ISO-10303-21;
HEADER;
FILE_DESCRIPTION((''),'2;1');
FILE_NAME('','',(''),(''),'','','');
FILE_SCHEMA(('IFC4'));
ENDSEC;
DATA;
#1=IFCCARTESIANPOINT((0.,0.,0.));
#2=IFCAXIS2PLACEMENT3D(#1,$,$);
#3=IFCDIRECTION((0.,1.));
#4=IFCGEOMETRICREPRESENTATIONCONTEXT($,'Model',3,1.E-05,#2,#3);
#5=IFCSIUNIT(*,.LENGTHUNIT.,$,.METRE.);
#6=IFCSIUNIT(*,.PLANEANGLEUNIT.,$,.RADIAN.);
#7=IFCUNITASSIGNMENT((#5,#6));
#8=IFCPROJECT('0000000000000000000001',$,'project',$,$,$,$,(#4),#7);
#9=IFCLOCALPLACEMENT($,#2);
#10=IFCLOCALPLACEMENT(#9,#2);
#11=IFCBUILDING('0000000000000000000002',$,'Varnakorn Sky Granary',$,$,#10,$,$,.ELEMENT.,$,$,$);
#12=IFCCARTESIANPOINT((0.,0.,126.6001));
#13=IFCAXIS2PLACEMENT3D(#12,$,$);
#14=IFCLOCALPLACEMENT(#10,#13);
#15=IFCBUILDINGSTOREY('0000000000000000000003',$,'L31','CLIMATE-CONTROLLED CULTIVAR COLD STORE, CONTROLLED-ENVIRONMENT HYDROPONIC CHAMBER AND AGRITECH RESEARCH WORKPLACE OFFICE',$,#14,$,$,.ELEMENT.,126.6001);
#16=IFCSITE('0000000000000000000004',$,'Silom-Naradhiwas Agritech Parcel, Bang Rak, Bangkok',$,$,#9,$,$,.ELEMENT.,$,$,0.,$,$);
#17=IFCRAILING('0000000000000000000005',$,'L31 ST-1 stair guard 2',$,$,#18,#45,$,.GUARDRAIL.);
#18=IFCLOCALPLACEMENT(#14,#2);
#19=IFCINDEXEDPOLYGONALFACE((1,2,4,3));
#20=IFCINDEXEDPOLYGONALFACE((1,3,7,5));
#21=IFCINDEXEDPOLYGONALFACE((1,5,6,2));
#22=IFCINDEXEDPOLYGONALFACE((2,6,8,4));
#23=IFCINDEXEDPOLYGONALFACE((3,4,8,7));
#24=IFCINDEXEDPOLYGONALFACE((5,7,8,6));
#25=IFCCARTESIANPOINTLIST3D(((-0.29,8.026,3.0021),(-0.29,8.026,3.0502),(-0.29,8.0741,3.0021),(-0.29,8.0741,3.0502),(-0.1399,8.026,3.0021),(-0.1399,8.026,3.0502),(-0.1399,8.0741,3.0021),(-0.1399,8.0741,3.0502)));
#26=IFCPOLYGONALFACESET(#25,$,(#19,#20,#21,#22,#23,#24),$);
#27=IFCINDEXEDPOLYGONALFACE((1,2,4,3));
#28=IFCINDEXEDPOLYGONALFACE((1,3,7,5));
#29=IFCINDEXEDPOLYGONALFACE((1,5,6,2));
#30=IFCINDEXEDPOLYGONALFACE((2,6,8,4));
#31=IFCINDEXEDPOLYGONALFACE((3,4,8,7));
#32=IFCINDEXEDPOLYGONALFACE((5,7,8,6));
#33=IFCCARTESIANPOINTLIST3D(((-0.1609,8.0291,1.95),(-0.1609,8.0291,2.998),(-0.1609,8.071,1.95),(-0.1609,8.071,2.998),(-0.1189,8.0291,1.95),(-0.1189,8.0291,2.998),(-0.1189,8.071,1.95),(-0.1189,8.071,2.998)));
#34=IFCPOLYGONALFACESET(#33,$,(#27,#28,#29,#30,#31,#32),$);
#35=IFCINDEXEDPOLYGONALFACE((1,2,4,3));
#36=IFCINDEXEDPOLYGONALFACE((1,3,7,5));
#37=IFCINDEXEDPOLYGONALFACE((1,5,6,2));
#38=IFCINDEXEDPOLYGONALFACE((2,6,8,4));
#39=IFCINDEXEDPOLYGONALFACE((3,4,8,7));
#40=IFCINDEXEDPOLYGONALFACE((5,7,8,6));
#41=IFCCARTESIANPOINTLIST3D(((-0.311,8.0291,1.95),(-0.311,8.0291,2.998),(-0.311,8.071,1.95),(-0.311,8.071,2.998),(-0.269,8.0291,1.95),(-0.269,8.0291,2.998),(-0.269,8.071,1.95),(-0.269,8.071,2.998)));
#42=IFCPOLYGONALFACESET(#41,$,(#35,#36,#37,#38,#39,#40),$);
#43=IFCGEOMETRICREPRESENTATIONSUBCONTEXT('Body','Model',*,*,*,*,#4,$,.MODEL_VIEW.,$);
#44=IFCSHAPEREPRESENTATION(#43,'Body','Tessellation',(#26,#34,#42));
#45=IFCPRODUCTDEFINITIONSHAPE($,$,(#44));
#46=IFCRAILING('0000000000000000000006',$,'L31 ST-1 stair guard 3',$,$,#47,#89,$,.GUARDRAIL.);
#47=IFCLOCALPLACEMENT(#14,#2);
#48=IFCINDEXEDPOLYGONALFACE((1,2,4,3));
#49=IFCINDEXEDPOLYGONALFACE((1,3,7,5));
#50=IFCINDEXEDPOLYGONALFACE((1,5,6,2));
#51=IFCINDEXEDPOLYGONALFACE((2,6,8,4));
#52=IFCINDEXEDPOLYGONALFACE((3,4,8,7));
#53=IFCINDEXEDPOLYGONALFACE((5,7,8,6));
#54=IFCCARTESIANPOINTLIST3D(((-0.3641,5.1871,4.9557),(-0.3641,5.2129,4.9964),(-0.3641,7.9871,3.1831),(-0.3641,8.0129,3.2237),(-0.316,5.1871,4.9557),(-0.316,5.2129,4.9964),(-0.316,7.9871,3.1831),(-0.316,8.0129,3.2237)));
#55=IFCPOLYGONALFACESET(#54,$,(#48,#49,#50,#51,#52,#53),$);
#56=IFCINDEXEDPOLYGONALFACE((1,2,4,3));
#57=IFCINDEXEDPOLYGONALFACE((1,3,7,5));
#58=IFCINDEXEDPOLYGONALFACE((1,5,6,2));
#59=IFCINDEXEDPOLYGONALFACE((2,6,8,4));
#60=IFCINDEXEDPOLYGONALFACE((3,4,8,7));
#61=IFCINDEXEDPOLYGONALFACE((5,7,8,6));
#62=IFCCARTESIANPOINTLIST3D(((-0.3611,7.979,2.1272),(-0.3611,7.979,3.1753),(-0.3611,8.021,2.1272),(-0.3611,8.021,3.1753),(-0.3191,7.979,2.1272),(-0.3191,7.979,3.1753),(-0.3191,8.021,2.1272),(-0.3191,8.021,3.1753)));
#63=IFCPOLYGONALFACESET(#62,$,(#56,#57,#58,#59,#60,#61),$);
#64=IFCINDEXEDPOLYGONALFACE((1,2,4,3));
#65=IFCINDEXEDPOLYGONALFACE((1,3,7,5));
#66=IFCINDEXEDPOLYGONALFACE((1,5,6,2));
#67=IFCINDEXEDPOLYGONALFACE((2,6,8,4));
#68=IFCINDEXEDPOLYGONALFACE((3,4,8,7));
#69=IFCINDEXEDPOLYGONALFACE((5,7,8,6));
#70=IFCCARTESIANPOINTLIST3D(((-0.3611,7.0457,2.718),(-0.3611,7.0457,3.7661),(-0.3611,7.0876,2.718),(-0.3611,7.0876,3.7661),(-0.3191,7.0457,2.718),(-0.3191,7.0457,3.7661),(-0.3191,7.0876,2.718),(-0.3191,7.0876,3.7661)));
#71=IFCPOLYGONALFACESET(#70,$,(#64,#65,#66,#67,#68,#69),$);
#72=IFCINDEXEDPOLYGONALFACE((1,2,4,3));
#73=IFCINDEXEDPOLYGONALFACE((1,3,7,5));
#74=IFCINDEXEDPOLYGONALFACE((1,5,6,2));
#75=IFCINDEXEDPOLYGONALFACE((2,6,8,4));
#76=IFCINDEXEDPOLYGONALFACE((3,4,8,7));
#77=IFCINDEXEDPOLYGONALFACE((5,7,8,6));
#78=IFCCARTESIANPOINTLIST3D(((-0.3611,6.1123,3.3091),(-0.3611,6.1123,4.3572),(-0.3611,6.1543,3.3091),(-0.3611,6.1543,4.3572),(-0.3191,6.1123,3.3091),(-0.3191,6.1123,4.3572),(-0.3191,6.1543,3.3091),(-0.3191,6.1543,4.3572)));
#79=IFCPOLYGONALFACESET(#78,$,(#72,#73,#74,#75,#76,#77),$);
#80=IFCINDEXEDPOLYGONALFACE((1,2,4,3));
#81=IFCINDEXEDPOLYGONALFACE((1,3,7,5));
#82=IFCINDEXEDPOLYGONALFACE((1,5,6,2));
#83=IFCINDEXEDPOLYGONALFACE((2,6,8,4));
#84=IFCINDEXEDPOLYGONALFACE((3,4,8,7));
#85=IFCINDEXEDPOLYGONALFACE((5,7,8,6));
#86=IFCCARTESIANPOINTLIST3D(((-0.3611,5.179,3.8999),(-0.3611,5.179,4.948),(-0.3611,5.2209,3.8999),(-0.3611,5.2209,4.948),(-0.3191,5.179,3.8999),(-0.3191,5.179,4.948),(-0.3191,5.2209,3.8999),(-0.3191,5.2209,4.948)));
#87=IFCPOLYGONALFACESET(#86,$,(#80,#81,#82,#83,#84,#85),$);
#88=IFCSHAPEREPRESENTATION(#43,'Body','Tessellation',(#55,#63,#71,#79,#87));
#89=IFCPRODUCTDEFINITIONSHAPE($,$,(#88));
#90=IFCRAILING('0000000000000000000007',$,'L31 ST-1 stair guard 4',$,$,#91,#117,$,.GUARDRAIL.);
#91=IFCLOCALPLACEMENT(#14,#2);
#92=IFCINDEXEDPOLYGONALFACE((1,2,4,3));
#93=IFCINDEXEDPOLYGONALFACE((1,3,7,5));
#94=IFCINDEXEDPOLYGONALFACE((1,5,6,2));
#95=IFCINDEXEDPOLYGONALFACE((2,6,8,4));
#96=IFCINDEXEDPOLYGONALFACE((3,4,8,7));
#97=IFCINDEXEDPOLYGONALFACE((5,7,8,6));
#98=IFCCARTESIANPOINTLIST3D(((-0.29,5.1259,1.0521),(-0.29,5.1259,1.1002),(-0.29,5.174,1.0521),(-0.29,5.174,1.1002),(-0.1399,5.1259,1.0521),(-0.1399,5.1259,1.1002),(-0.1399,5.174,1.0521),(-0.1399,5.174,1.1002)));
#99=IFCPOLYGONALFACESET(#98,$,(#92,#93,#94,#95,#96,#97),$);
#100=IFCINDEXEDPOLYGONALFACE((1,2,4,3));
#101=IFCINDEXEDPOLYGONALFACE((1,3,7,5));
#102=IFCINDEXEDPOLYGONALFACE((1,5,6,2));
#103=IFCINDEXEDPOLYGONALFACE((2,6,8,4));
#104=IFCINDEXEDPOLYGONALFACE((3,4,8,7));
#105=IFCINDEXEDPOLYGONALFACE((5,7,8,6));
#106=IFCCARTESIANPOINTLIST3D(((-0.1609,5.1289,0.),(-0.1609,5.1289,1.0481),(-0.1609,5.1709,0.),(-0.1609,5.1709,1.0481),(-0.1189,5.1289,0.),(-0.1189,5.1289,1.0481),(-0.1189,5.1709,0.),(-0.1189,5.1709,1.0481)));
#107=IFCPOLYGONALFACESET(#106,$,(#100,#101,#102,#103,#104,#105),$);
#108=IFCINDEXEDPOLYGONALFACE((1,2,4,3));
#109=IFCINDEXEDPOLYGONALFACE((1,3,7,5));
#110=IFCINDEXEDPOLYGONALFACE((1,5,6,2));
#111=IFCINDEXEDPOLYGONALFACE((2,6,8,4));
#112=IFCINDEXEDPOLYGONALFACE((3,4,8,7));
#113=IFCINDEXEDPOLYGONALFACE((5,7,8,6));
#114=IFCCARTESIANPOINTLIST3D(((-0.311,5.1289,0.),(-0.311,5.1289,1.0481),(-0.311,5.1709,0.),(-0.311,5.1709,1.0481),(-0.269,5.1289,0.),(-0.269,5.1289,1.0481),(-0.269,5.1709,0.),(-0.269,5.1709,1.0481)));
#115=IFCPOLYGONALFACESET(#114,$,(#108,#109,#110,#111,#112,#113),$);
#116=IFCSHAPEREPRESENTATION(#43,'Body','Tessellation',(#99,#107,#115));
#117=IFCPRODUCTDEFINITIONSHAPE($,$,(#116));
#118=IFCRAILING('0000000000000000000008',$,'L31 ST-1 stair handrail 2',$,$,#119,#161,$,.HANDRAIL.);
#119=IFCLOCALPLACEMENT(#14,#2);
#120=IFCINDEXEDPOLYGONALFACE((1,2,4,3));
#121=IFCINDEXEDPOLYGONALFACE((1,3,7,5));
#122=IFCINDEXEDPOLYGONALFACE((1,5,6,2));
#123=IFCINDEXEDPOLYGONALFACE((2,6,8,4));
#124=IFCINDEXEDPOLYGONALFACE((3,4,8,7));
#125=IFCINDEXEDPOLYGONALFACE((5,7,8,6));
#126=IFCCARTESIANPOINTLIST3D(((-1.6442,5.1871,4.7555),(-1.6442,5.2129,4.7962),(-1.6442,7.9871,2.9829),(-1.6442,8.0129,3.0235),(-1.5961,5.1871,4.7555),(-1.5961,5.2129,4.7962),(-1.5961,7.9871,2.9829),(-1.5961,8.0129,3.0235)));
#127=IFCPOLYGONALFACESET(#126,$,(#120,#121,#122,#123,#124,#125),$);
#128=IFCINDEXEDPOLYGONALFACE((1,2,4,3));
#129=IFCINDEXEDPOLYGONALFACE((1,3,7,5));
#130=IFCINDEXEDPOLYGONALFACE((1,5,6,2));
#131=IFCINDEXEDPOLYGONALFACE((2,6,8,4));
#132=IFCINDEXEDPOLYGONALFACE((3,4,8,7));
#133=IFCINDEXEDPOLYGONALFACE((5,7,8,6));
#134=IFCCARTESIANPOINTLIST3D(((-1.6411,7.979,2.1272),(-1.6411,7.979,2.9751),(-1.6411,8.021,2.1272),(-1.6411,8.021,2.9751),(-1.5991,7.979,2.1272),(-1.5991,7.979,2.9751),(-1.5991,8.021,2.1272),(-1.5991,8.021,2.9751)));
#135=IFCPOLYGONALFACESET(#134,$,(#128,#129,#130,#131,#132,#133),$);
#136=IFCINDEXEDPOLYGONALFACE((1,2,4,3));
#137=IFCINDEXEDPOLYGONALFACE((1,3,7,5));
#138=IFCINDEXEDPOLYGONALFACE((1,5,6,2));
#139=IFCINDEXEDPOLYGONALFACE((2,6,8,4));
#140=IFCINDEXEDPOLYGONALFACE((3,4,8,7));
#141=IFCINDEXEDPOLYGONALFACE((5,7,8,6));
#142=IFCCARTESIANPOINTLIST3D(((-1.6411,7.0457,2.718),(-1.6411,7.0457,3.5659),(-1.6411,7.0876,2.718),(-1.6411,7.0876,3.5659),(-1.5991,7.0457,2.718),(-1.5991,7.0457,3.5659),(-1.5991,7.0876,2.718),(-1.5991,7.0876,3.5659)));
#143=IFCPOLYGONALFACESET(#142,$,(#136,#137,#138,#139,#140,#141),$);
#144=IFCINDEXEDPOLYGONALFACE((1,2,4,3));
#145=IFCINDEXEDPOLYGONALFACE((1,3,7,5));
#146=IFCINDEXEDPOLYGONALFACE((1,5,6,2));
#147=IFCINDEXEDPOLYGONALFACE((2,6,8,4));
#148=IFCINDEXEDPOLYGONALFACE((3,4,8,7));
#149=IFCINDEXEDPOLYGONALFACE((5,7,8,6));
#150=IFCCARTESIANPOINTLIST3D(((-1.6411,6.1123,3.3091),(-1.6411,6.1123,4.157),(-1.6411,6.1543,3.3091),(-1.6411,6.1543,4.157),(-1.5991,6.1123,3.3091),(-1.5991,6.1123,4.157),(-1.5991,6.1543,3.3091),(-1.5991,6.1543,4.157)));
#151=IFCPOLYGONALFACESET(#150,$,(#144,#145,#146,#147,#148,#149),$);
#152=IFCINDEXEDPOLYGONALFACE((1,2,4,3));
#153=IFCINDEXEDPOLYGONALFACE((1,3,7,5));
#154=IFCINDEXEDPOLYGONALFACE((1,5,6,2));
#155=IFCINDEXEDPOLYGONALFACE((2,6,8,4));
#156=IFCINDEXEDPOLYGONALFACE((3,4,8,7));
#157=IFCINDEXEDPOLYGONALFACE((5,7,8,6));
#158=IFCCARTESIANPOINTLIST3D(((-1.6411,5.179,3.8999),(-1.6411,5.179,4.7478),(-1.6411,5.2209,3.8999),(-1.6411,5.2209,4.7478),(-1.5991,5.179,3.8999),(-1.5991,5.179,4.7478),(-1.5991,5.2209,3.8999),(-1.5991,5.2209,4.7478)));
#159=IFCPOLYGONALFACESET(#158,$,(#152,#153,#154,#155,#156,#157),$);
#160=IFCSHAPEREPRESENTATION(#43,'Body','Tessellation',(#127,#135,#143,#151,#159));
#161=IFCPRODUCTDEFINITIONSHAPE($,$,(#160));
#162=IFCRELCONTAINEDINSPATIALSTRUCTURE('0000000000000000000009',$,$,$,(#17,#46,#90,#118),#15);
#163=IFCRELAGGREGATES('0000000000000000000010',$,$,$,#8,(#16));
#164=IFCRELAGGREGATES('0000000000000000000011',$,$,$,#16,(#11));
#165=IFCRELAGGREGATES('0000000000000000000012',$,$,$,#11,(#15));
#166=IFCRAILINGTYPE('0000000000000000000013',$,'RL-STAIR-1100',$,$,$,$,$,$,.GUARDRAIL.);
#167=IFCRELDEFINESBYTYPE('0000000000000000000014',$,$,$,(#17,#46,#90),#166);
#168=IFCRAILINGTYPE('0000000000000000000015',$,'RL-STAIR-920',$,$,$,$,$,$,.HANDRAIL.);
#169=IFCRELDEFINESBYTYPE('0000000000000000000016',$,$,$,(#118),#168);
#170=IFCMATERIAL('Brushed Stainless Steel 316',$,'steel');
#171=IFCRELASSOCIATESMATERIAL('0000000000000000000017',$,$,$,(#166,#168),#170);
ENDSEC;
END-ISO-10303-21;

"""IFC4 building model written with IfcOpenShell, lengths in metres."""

from ifc_helpers import new_model, si_unit, direction, frame, origin, origin_2d, place, context, subcontext, project, spatial, rectangle, extrude, material, type_object, element, save


model = new_model("IFC4")

# Units and contexts
model_context = context("Model", 3, precision=1e-05, world=origin(), true_north=direction((0.0, 1.0)))
body_context = subcontext(model_context, "Body", "Model", "MODEL_VIEW")
ifc_project = project(units=[si_unit("LENGTHUNIT", "METRE"), si_unit("PLANEANGLEUNIT", "RADIAN")], contexts=[model_context])

# Site, building, storey
site_placement = place(None, origin())
site = spatial("IfcSite", under=ifc_project, at=site_placement, Name="Silom-Naradhiwas Agritech Parcel, Bang Rak, Bangkok", CompositionType="ELEMENT", RefElevation=0.0)
building_placement = place(site_placement, origin())
building = spatial("IfcBuilding", under=site, at=building_placement, Name="Varnakorn Sky Granary", CompositionType="ELEMENT")
storey_placement = place(building_placement, frame((0.0, 0.0, 126.6001)))
storey = spatial("IfcBuildingStorey", under=building, at=storey_placement, Name="L31", Description="CLIMATE-CONTROLLED CULTIVAR COLD STORE, CONTROLLED-ENVIRONMENT HYDROPONIC CHAMBER AND AGRITECH RESEARCH WORKPLACE OFFICE", CompositionType="ELEMENT", Elevation=126.6001)

# Railings
ifc_material_1 = material(Name="Brushed Stainless Steel 316", Category="steel")
railing_type_1 = type_object("IfcRailingType", Name="RL-STAIR-1100", PredefinedType="GUARDRAIL", material=ifc_material_1)
railing_1_placement = place(storey_placement, frame((-0.1399, 8.05, 1.95)))
element("IfcRailing", 1, at=railing_1_placement, inside=storey, type_object=railing_type_1, Name="L31 ST-1 stair guard 2", PredefinedType="GUARDRAIL", context=body_context, shape_type="SweptSolid", body=[
    extrude(rectangle(XDim=0.0481, YDim=0.0481, at=origin_2d()), frame((0.0, 0.0, 1.0762), z_axis=(-1.0, 0.0, 0.0), x_axis=(0.0, -1.0, 0.0)), (0.0, 0.0, 1.0), 0.1501),
    extrude(rectangle(XDim=0.042, YDim=0.042, at=origin_2d()), origin(), (0.0, 0.0, 1.0), 1.0481),
    extrude(rectangle(XDim=0.042, YDim=0.042, at=origin_2d()), frame((-0.1501, 0.0, 0.0)), (0.0, 0.0, 1.0), 1.0481),
])
railing_2_placement = place(storey_placement, frame((-0.3401, 8.0, 2.1272)))
element("IfcRailing", 2, at=railing_2_placement, inside=storey, type_object=railing_type_1, Name="L31 ST-1 stair guard 3", PredefinedType="GUARDRAIL", context=body_context, shape_type="SweptSolid", body=[
    extrude(rectangle(XDim=0.0481, YDim=0.0481, at=origin_2d()), frame((0.0, 0.0, 1.0762), z_axis=(0.0, -0.844909, 0.53491), x_axis=(1.0, 0.0, 0.0)), (0.0, 0.0, 1.0), 3.314),
    extrude(rectangle(XDim=0.042, YDim=0.042, at=origin_2d()), origin(), (0.0, 0.0, 1.0), 1.0481),
    extrude(rectangle(XDim=0.042, YDim=0.042, at=origin_2d()), frame((0.0, -0.9333, 0.5908)), (0.0, 0.0, 1.0), 1.0481),
    extrude(rectangle(XDim=0.042, YDim=0.042, at=origin_2d()), frame((0.0, -1.8667, 1.1819)), (0.0, 0.0, 1.0), 1.0481),
    extrude(rectangle(XDim=0.042, YDim=0.042, at=origin_2d()), frame((0.0, -2.8, 1.7727)), (0.0, 0.0, 1.0), 1.0481),
])
railing_3_placement = place(storey_placement, frame((-0.1399, 5.1499, 0.0)))
element("IfcRailing", 3, at=railing_3_placement, inside=storey, type_object=railing_type_1, Name="L31 ST-1 stair guard 4", PredefinedType="GUARDRAIL", context=body_context, shape_type="SweptSolid", body=[
    extrude(rectangle(XDim=0.0481, YDim=0.0481, at=origin_2d()), frame((0.0, 0.0, 1.0762), z_axis=(-1.0, 0.0, 0.0), x_axis=(0.0, -1.0, 0.0)), (0.0, 0.0, 1.0), 0.1501),
    extrude(rectangle(XDim=0.042, YDim=0.042, at=origin_2d()), origin(), (0.0, 0.0, 1.0), 1.0481),
    extrude(rectangle(XDim=0.042, YDim=0.042, at=origin_2d()), frame((-0.1501, 0.0, 0.0)), (0.0, 0.0, 1.0), 1.0481),
])
railing_type_2 = type_object("IfcRailingType", Name="RL-STAIR-920", PredefinedType="HANDRAIL", material=ifc_material_1)
railing_4_placement = place(storey_placement, frame((-1.6201, 8.0, 2.1272)))
element("IfcRailing", 4, at=railing_4_placement, inside=storey, type_object=railing_type_2, Name="L31 ST-1 stair handrail 2", PredefinedType="HANDRAIL", context=body_context, shape_type="SweptSolid", body=[
    extrude(rectangle(XDim=0.0481, YDim=0.0481, at=origin_2d()), frame((0.0, 0.0, 0.876), z_axis=(0.0, -0.844909, 0.53491), x_axis=(1.0, 0.0, 0.0)), (0.0, 0.0, 1.0), 3.314),
    extrude(rectangle(XDim=0.042, YDim=0.042, at=origin_2d()), origin(), (0.0, 0.0, 1.0), 0.8479),
    extrude(rectangle(XDim=0.042, YDim=0.042, at=origin_2d()), frame((0.0, -0.9333, 0.5908)), (0.0, 0.0, 1.0), 0.8479),
    extrude(rectangle(XDim=0.042, YDim=0.042, at=origin_2d()), frame((0.0, -1.8667, 1.1819)), (0.0, 0.0, 1.0), 0.8479),
    extrude(rectangle(XDim=0.042, YDim=0.042, at=origin_2d()), frame((0.0, -2.8, 1.7727)), (0.0, 0.0, 1.0), 0.8479),
])

save(model, "model.ifc")
